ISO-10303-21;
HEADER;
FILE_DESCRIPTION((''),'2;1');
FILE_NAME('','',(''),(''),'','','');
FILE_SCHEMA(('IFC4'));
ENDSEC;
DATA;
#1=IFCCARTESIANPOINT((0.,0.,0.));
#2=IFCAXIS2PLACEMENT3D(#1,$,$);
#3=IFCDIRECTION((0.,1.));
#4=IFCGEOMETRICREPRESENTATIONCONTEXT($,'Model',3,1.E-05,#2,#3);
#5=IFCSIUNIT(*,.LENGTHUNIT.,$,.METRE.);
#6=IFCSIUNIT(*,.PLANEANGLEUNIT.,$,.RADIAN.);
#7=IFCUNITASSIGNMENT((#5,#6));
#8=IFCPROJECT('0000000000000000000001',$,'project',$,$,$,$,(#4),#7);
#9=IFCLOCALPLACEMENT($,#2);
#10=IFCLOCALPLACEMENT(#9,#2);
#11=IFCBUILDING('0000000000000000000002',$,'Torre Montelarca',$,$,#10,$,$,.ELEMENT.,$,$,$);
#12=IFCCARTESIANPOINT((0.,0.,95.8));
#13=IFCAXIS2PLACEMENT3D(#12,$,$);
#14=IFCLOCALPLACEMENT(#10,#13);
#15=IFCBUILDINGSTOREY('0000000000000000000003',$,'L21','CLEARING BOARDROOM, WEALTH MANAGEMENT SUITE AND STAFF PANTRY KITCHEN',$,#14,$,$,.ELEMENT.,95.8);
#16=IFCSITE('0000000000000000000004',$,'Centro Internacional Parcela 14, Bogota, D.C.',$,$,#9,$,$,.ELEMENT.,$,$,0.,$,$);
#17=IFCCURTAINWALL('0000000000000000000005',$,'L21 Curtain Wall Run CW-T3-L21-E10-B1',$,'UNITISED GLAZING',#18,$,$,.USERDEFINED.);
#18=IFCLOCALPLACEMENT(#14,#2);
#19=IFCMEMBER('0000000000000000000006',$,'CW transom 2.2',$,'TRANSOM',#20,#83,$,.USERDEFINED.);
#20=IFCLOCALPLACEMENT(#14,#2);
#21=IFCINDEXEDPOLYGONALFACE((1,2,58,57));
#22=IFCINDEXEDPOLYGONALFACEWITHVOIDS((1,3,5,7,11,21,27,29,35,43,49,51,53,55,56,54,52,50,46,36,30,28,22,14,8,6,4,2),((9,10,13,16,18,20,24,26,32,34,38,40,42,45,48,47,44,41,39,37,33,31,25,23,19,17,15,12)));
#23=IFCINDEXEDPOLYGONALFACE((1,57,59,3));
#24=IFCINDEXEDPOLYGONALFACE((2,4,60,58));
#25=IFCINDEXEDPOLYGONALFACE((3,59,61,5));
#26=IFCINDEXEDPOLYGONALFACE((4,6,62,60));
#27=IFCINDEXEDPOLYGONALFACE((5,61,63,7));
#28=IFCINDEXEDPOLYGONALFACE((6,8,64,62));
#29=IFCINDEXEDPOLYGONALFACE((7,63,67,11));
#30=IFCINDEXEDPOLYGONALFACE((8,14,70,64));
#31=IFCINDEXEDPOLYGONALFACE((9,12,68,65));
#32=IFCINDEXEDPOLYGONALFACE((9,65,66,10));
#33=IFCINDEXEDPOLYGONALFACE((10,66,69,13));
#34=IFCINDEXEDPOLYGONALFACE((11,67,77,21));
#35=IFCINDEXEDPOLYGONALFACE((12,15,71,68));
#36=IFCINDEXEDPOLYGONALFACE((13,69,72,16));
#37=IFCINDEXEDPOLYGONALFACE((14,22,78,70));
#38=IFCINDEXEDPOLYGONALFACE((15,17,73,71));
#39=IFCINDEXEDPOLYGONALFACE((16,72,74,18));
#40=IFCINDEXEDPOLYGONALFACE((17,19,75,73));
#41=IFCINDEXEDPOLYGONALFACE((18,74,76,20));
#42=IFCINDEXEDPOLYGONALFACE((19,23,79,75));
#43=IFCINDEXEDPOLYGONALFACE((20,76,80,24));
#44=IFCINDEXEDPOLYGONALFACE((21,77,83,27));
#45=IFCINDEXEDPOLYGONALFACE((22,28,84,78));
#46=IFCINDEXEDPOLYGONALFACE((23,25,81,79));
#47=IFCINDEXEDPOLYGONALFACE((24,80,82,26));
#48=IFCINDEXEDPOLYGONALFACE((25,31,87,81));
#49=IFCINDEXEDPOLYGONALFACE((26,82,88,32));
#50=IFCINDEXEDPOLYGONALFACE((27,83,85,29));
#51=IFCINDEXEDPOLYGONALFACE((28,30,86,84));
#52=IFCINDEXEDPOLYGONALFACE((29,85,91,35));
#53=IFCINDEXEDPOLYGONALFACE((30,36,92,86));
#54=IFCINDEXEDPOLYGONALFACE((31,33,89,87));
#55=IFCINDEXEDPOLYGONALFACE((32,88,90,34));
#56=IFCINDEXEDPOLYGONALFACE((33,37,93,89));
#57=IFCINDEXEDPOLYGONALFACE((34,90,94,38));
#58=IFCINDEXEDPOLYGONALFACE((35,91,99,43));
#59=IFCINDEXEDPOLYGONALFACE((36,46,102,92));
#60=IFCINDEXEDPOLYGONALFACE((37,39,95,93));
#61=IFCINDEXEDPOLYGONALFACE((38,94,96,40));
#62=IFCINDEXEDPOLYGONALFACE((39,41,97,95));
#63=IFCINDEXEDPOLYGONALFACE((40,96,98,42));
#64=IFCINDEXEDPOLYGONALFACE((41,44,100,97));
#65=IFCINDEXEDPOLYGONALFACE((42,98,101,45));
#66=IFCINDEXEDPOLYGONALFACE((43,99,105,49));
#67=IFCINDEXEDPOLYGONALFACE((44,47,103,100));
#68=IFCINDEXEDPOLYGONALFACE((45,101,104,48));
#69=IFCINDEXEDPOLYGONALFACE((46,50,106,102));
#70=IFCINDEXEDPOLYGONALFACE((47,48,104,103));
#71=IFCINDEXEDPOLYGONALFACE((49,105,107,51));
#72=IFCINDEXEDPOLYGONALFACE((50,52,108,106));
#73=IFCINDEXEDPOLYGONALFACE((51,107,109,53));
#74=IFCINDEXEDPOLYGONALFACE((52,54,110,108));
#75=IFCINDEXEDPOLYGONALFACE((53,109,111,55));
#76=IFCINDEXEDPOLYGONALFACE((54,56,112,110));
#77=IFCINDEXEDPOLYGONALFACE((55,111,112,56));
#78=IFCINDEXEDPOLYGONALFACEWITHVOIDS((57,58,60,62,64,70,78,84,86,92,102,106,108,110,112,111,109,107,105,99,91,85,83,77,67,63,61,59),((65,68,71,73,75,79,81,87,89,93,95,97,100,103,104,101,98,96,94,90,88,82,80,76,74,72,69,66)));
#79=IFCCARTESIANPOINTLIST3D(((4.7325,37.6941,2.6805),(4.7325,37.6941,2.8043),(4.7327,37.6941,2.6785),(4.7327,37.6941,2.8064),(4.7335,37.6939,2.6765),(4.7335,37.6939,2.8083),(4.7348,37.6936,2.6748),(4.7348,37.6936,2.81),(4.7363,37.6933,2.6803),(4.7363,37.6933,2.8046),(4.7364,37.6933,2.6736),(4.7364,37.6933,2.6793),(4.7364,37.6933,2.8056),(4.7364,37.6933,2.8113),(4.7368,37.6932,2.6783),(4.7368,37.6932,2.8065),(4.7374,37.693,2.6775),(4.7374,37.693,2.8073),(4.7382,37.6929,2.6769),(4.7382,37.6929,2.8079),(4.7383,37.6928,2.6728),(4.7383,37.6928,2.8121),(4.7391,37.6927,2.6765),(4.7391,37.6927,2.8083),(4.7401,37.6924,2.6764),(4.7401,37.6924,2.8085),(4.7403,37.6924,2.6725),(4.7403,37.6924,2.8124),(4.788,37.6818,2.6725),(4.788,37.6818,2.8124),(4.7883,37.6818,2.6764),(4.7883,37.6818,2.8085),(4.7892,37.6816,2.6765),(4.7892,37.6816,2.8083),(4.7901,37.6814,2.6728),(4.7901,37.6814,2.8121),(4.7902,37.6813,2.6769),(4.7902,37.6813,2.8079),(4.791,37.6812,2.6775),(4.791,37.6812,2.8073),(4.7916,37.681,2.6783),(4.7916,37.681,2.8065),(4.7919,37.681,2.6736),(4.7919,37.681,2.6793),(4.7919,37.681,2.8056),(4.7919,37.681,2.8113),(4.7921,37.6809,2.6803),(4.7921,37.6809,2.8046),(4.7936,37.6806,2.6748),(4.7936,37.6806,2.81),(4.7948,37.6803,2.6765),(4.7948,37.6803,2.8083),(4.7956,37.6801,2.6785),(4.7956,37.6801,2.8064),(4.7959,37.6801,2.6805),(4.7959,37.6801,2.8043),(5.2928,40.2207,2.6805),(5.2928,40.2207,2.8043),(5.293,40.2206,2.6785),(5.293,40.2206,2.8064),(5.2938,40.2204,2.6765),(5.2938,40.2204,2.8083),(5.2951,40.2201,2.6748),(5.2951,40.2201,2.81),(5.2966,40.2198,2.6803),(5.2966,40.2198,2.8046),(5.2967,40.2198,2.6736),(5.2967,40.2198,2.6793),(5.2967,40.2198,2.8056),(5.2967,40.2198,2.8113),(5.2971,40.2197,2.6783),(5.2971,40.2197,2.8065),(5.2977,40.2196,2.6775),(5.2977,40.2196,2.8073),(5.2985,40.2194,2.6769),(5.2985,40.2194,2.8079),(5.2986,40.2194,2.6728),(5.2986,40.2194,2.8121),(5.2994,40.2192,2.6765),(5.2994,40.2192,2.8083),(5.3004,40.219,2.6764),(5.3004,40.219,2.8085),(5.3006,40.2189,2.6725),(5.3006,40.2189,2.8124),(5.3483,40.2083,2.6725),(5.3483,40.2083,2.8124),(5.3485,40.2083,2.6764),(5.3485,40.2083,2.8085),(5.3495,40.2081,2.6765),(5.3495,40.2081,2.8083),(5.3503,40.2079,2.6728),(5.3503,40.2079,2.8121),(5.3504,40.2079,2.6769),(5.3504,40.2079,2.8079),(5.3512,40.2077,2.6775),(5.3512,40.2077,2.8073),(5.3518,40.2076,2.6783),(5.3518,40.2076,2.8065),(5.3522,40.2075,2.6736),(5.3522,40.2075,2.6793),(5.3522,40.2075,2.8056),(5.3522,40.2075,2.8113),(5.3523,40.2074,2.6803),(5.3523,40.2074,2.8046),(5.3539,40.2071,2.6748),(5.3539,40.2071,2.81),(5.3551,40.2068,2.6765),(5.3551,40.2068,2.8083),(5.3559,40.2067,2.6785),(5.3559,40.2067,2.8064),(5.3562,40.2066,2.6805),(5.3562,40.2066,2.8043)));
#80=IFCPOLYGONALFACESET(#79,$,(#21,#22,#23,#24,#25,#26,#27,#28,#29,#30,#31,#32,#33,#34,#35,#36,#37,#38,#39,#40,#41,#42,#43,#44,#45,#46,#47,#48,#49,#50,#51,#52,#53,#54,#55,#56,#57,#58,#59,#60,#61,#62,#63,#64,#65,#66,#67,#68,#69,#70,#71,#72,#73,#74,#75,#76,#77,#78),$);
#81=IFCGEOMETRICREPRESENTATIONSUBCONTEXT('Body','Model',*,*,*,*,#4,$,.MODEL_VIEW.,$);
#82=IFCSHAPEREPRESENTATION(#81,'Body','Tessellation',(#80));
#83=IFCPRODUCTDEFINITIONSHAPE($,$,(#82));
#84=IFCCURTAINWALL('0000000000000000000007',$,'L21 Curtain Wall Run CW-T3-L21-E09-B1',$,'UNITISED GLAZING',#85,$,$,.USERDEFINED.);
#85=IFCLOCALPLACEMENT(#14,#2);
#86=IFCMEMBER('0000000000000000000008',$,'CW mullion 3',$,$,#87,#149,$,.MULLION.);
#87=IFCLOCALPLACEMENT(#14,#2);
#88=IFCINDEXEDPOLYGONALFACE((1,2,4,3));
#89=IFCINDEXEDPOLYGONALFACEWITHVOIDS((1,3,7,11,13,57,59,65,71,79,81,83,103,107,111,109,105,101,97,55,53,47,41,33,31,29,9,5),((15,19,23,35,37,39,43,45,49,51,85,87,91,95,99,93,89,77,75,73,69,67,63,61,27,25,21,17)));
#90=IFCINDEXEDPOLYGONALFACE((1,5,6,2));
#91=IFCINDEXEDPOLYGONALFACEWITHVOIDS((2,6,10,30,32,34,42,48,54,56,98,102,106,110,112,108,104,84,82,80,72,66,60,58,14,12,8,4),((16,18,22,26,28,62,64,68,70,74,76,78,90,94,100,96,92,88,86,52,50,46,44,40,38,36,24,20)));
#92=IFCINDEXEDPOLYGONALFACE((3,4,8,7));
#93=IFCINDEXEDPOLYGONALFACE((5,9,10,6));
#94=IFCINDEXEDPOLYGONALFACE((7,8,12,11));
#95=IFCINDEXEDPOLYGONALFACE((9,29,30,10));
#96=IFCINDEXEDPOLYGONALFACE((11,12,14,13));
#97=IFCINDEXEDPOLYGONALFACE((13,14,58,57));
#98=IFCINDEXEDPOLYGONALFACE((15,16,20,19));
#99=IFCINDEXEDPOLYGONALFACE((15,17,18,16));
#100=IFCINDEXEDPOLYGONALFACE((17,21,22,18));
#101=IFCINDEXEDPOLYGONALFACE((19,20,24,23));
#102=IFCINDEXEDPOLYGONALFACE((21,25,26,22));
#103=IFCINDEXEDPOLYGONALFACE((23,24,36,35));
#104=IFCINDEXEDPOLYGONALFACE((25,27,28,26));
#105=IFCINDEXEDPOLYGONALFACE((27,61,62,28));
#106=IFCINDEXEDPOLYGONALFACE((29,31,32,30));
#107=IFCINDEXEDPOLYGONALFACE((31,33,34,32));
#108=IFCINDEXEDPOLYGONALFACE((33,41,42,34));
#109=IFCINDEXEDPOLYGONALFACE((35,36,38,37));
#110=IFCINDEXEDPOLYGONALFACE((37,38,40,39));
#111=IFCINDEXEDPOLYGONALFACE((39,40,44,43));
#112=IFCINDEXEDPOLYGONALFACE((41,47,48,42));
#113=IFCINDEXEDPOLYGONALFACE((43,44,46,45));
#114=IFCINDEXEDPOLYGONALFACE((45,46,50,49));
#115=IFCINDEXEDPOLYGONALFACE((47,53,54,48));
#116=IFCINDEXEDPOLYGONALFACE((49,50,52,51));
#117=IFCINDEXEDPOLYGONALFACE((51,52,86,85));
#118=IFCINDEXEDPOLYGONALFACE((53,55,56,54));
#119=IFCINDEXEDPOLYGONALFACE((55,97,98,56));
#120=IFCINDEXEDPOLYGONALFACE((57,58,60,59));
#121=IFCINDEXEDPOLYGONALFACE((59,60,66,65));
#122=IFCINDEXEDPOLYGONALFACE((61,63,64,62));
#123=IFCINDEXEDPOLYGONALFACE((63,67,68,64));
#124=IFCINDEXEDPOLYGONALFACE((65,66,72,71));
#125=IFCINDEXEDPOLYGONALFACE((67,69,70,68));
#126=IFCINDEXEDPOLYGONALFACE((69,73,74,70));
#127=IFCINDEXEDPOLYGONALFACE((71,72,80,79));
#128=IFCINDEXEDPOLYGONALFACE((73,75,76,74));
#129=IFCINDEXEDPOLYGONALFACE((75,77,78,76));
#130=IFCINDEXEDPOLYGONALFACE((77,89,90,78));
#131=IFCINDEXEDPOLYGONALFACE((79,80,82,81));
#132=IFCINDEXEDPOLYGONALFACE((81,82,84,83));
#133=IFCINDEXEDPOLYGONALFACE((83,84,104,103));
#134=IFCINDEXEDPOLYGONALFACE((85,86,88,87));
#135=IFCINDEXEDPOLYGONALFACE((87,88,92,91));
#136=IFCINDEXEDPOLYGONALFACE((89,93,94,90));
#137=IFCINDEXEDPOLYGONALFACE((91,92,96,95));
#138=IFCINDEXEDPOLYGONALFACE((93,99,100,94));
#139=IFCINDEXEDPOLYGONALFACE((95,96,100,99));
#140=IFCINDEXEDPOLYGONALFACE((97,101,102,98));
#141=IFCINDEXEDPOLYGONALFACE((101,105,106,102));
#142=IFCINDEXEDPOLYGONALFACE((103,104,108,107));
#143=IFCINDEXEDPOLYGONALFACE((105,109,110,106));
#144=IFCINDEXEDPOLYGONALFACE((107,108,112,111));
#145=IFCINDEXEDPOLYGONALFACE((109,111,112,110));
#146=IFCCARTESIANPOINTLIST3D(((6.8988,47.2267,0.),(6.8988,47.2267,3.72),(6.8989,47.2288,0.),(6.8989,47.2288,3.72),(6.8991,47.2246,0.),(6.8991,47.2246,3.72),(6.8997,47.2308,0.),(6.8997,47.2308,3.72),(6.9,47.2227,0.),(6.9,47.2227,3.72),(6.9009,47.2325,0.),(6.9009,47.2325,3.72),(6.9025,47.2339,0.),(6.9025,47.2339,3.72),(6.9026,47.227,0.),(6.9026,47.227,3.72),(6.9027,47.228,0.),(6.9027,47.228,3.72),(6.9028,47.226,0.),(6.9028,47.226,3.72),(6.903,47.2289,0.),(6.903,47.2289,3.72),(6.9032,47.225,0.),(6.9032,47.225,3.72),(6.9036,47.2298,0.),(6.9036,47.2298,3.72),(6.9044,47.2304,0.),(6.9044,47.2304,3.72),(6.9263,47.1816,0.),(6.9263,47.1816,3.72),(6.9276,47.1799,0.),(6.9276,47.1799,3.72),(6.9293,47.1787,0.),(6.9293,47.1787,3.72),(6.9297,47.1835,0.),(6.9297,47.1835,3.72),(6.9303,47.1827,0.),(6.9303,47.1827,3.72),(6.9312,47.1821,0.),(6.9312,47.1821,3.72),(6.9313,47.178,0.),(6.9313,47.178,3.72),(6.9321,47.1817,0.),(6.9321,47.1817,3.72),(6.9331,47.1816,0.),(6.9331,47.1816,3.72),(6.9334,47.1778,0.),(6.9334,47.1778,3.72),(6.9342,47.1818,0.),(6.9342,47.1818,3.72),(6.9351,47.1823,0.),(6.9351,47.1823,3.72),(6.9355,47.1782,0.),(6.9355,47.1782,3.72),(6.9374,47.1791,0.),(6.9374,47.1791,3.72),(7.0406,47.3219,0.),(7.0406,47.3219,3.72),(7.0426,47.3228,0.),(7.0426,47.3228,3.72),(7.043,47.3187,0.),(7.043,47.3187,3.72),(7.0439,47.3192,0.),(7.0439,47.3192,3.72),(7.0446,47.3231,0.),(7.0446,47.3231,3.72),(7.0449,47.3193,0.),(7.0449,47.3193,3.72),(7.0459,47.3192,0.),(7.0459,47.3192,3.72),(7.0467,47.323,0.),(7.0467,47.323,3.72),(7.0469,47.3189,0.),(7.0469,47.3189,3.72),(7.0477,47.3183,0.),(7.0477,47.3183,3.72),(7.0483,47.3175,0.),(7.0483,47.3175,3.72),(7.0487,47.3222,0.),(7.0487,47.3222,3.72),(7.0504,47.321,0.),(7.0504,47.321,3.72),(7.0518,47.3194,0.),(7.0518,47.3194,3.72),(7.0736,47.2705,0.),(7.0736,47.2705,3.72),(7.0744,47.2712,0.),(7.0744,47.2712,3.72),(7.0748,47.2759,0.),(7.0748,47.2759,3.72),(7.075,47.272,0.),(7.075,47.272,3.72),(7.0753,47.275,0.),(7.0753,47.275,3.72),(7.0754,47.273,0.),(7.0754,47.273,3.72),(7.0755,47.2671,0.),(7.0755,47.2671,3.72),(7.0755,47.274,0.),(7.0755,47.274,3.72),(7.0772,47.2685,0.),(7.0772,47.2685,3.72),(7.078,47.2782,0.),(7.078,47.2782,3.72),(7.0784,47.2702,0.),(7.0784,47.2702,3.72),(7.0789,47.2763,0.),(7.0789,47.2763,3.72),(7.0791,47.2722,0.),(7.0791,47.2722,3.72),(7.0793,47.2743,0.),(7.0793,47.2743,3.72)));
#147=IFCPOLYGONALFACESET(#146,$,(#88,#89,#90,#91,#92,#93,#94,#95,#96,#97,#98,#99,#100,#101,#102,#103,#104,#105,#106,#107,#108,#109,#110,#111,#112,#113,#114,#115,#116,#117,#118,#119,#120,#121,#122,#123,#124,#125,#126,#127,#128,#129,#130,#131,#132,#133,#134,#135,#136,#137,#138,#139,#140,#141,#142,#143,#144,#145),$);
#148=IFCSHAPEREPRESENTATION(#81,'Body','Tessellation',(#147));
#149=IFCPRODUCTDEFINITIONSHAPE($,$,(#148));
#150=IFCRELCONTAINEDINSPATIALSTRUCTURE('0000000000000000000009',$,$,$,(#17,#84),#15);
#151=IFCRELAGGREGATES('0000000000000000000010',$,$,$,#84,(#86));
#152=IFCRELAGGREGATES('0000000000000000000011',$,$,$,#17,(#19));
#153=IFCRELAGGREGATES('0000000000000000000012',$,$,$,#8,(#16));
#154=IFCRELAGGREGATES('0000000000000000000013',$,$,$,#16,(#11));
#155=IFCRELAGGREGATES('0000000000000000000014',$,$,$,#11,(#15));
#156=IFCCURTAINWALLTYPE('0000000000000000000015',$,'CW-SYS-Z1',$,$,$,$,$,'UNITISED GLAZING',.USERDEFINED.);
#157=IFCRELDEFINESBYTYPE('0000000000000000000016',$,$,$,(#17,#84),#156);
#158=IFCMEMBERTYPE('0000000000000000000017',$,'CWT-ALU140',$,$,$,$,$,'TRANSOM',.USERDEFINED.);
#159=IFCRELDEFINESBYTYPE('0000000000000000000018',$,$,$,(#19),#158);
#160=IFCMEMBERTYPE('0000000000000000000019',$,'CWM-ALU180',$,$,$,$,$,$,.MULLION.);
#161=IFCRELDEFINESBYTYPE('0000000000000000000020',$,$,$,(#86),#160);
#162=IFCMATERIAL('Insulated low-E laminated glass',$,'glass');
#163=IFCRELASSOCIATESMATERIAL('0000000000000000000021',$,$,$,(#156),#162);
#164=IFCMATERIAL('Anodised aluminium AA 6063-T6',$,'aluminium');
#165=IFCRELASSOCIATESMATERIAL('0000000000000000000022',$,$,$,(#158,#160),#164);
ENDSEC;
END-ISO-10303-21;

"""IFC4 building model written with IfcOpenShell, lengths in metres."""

from ifc_helpers import new_model, si_unit, direction, frame, origin, origin_2d, place, context, subcontext, project, spatial, hollow_rectangle, extrude, source, transform, mapped, material, material_profile, profile_set, type_object, element, aggregate, save


model = new_model("IFC4")

# Units and contexts
model_context = context("Model", 3, precision=1e-05, world=origin(), true_north=direction((0.0, 1.0)))
body_context = subcontext(model_context, "Body", "Model", "MODEL_VIEW")
ifc_project = project(units=[si_unit("LENGTHUNIT", "METRE"), si_unit("PLANEANGLEUNIT", "RADIAN")], contexts=[model_context])

# Site, building, storey
site_placement = place(None, origin())
site = spatial("IfcSite", under=ifc_project, at=site_placement, Name="Centro Internacional Parcela 14, Bogota, D.C.", CompositionType="ELEMENT", RefElevation=0.0)
building_placement = place(site_placement, origin())
building = spatial("IfcBuilding", under=site, at=building_placement, Name="Torre Montelarca", CompositionType="ELEMENT")
storey_placement = place(building_placement, frame((0.0, 0.0, 95.8)))
storey = spatial("IfcBuildingStorey", under=building, at=storey_placement, Name="L21", Description="CLEARING BOARDROOM, WEALTH MANAGEMENT SUITE AND STAFF PANTRY KITCHEN", CompositionType="ELEMENT", Elevation=95.8)

# Curtain wall, member
ifc_material_1 = material(Name="Insulated low-E laminated glass", Category="glass")
curtain_wall_type = type_object("IfcCurtainWallType", Name="CW-SYS-Z1", ElementType="UNITISED GLAZING", PredefinedType="USERDEFINED", material=ifc_material_1)
curtain_wall_1_placement = place(storey_placement, origin())
curtain_wall_1 = element("IfcCurtainWall", 1, at=curtain_wall_1_placement, inside=storey, type_object=curtain_wall_type, Name="L21 Curtain Wall Run CW-T3-L21-E10-B1", ObjectType="UNITISED GLAZING", PredefinedType="USERDEFINED")
ifc_material_2 = material(Name="Anodised aluminium AA 6063-T6", Category="aluminium")
ifc_material_profile_1 = material_profile(ifc_material_2, hollow_rectangle(XDim=0.0649, YDim=0.1399, WallThickness=0.0039, InnerFilletRadius=0.0039, OuterFilletRadius=0.0081, at=origin_2d()), Name="ALU65X140X4", Category="aluminium")
ifc_profile_set_1 = profile_set([ifc_material_profile_1], Name="Anodised aluminium AA 6063-T6")
member_type_1 = type_object("IfcMemberType", Name="CWT-ALU140", ElementType="TRANSOM", PredefinedType="USERDEFINED", material=ifc_profile_set_1)
shared_shape_1 = source(origin(), body_context, "Body", "SweptSolid", [
    extrude(hollow_rectangle(XDim=0.0649, YDim=0.1399, WallThickness=0.0039, InnerFilletRadius=0.0039, OuterFilletRadius=0.0081, at=origin_2d()), origin(), (0.0, 0.0, 1.0), 2.5879),
])
member_1_placement = place(storey_placement, frame((5.3245, 40.2136, 2.7424), z_axis=(-0.216501, -0.976282, 0.0), x_axis=(0.976282, -0.216501, 0.0)))
member_1 = element("IfcMember", 2, at=member_1_placement, type_object=member_type_1, Name="CW transom 2.2", ObjectType="TRANSOM", PredefinedType="USERDEFINED", context=body_context, shape_type="MappedRepresentation", body=[
    mapped(shared_shape_1, transform((0.0, 0.0, 0.0), scale=1.0)),
])

# Curtain wall, member
curtain_wall_2_placement = place(storey_placement, origin())
curtain_wall_2 = element("IfcCurtainWall", 3, at=curtain_wall_2_placement, inside=storey, type_object=curtain_wall_type, Name="L21 Curtain Wall Run CW-T3-L21-E09-B1", ObjectType="UNITISED GLAZING", PredefinedType="USERDEFINED")
ifc_material_profile_2 = material_profile(ifc_material_2, hollow_rectangle(XDim=0.0649, YDim=0.1799, WallThickness=0.0039, InnerFilletRadius=0.0039, OuterFilletRadius=0.0081, at=origin_2d()), Name="ALU65X180X4", Category="aluminium")
ifc_profile_set_2 = profile_set([ifc_material_profile_2], Name="Anodised aluminium AA 6063-T6")
member_type_2 = type_object("IfcMemberType", Name="CWM-ALU180", PredefinedType="MULLION", material=ifc_profile_set_2)
shared_shape_2 = source(origin(), body_context, "Body", "SweptSolid", [
    extrude(hollow_rectangle(XDim=0.0649, YDim=0.1799, WallThickness=0.0039, InnerFilletRadius=0.0039, OuterFilletRadius=0.0081, at=origin_2d()), origin(), (0.0, 0.0, 1.0), 3.72),
])
member_2_placement = place(storey_placement, frame((6.989, 47.2505, 0.0), z_axis=(0.0, 0.0, 1.0), x_axis=(0.537316, -0.843381, 0.0)))
member_2 = element("IfcMember", 4, at=member_2_placement, type_object=member_type_2, Name="CW mullion 3", PredefinedType="MULLION", context=body_context, shape_type="MappedRepresentation", body=[
    mapped(shared_shape_2, transform((0.0, 0.0, 0.0), scale=1.0)),
])
aggregate(curtain_wall_2, [member_2])

aggregate(curtain_wall_1, [member_1])

save(model, "model.ifc")
